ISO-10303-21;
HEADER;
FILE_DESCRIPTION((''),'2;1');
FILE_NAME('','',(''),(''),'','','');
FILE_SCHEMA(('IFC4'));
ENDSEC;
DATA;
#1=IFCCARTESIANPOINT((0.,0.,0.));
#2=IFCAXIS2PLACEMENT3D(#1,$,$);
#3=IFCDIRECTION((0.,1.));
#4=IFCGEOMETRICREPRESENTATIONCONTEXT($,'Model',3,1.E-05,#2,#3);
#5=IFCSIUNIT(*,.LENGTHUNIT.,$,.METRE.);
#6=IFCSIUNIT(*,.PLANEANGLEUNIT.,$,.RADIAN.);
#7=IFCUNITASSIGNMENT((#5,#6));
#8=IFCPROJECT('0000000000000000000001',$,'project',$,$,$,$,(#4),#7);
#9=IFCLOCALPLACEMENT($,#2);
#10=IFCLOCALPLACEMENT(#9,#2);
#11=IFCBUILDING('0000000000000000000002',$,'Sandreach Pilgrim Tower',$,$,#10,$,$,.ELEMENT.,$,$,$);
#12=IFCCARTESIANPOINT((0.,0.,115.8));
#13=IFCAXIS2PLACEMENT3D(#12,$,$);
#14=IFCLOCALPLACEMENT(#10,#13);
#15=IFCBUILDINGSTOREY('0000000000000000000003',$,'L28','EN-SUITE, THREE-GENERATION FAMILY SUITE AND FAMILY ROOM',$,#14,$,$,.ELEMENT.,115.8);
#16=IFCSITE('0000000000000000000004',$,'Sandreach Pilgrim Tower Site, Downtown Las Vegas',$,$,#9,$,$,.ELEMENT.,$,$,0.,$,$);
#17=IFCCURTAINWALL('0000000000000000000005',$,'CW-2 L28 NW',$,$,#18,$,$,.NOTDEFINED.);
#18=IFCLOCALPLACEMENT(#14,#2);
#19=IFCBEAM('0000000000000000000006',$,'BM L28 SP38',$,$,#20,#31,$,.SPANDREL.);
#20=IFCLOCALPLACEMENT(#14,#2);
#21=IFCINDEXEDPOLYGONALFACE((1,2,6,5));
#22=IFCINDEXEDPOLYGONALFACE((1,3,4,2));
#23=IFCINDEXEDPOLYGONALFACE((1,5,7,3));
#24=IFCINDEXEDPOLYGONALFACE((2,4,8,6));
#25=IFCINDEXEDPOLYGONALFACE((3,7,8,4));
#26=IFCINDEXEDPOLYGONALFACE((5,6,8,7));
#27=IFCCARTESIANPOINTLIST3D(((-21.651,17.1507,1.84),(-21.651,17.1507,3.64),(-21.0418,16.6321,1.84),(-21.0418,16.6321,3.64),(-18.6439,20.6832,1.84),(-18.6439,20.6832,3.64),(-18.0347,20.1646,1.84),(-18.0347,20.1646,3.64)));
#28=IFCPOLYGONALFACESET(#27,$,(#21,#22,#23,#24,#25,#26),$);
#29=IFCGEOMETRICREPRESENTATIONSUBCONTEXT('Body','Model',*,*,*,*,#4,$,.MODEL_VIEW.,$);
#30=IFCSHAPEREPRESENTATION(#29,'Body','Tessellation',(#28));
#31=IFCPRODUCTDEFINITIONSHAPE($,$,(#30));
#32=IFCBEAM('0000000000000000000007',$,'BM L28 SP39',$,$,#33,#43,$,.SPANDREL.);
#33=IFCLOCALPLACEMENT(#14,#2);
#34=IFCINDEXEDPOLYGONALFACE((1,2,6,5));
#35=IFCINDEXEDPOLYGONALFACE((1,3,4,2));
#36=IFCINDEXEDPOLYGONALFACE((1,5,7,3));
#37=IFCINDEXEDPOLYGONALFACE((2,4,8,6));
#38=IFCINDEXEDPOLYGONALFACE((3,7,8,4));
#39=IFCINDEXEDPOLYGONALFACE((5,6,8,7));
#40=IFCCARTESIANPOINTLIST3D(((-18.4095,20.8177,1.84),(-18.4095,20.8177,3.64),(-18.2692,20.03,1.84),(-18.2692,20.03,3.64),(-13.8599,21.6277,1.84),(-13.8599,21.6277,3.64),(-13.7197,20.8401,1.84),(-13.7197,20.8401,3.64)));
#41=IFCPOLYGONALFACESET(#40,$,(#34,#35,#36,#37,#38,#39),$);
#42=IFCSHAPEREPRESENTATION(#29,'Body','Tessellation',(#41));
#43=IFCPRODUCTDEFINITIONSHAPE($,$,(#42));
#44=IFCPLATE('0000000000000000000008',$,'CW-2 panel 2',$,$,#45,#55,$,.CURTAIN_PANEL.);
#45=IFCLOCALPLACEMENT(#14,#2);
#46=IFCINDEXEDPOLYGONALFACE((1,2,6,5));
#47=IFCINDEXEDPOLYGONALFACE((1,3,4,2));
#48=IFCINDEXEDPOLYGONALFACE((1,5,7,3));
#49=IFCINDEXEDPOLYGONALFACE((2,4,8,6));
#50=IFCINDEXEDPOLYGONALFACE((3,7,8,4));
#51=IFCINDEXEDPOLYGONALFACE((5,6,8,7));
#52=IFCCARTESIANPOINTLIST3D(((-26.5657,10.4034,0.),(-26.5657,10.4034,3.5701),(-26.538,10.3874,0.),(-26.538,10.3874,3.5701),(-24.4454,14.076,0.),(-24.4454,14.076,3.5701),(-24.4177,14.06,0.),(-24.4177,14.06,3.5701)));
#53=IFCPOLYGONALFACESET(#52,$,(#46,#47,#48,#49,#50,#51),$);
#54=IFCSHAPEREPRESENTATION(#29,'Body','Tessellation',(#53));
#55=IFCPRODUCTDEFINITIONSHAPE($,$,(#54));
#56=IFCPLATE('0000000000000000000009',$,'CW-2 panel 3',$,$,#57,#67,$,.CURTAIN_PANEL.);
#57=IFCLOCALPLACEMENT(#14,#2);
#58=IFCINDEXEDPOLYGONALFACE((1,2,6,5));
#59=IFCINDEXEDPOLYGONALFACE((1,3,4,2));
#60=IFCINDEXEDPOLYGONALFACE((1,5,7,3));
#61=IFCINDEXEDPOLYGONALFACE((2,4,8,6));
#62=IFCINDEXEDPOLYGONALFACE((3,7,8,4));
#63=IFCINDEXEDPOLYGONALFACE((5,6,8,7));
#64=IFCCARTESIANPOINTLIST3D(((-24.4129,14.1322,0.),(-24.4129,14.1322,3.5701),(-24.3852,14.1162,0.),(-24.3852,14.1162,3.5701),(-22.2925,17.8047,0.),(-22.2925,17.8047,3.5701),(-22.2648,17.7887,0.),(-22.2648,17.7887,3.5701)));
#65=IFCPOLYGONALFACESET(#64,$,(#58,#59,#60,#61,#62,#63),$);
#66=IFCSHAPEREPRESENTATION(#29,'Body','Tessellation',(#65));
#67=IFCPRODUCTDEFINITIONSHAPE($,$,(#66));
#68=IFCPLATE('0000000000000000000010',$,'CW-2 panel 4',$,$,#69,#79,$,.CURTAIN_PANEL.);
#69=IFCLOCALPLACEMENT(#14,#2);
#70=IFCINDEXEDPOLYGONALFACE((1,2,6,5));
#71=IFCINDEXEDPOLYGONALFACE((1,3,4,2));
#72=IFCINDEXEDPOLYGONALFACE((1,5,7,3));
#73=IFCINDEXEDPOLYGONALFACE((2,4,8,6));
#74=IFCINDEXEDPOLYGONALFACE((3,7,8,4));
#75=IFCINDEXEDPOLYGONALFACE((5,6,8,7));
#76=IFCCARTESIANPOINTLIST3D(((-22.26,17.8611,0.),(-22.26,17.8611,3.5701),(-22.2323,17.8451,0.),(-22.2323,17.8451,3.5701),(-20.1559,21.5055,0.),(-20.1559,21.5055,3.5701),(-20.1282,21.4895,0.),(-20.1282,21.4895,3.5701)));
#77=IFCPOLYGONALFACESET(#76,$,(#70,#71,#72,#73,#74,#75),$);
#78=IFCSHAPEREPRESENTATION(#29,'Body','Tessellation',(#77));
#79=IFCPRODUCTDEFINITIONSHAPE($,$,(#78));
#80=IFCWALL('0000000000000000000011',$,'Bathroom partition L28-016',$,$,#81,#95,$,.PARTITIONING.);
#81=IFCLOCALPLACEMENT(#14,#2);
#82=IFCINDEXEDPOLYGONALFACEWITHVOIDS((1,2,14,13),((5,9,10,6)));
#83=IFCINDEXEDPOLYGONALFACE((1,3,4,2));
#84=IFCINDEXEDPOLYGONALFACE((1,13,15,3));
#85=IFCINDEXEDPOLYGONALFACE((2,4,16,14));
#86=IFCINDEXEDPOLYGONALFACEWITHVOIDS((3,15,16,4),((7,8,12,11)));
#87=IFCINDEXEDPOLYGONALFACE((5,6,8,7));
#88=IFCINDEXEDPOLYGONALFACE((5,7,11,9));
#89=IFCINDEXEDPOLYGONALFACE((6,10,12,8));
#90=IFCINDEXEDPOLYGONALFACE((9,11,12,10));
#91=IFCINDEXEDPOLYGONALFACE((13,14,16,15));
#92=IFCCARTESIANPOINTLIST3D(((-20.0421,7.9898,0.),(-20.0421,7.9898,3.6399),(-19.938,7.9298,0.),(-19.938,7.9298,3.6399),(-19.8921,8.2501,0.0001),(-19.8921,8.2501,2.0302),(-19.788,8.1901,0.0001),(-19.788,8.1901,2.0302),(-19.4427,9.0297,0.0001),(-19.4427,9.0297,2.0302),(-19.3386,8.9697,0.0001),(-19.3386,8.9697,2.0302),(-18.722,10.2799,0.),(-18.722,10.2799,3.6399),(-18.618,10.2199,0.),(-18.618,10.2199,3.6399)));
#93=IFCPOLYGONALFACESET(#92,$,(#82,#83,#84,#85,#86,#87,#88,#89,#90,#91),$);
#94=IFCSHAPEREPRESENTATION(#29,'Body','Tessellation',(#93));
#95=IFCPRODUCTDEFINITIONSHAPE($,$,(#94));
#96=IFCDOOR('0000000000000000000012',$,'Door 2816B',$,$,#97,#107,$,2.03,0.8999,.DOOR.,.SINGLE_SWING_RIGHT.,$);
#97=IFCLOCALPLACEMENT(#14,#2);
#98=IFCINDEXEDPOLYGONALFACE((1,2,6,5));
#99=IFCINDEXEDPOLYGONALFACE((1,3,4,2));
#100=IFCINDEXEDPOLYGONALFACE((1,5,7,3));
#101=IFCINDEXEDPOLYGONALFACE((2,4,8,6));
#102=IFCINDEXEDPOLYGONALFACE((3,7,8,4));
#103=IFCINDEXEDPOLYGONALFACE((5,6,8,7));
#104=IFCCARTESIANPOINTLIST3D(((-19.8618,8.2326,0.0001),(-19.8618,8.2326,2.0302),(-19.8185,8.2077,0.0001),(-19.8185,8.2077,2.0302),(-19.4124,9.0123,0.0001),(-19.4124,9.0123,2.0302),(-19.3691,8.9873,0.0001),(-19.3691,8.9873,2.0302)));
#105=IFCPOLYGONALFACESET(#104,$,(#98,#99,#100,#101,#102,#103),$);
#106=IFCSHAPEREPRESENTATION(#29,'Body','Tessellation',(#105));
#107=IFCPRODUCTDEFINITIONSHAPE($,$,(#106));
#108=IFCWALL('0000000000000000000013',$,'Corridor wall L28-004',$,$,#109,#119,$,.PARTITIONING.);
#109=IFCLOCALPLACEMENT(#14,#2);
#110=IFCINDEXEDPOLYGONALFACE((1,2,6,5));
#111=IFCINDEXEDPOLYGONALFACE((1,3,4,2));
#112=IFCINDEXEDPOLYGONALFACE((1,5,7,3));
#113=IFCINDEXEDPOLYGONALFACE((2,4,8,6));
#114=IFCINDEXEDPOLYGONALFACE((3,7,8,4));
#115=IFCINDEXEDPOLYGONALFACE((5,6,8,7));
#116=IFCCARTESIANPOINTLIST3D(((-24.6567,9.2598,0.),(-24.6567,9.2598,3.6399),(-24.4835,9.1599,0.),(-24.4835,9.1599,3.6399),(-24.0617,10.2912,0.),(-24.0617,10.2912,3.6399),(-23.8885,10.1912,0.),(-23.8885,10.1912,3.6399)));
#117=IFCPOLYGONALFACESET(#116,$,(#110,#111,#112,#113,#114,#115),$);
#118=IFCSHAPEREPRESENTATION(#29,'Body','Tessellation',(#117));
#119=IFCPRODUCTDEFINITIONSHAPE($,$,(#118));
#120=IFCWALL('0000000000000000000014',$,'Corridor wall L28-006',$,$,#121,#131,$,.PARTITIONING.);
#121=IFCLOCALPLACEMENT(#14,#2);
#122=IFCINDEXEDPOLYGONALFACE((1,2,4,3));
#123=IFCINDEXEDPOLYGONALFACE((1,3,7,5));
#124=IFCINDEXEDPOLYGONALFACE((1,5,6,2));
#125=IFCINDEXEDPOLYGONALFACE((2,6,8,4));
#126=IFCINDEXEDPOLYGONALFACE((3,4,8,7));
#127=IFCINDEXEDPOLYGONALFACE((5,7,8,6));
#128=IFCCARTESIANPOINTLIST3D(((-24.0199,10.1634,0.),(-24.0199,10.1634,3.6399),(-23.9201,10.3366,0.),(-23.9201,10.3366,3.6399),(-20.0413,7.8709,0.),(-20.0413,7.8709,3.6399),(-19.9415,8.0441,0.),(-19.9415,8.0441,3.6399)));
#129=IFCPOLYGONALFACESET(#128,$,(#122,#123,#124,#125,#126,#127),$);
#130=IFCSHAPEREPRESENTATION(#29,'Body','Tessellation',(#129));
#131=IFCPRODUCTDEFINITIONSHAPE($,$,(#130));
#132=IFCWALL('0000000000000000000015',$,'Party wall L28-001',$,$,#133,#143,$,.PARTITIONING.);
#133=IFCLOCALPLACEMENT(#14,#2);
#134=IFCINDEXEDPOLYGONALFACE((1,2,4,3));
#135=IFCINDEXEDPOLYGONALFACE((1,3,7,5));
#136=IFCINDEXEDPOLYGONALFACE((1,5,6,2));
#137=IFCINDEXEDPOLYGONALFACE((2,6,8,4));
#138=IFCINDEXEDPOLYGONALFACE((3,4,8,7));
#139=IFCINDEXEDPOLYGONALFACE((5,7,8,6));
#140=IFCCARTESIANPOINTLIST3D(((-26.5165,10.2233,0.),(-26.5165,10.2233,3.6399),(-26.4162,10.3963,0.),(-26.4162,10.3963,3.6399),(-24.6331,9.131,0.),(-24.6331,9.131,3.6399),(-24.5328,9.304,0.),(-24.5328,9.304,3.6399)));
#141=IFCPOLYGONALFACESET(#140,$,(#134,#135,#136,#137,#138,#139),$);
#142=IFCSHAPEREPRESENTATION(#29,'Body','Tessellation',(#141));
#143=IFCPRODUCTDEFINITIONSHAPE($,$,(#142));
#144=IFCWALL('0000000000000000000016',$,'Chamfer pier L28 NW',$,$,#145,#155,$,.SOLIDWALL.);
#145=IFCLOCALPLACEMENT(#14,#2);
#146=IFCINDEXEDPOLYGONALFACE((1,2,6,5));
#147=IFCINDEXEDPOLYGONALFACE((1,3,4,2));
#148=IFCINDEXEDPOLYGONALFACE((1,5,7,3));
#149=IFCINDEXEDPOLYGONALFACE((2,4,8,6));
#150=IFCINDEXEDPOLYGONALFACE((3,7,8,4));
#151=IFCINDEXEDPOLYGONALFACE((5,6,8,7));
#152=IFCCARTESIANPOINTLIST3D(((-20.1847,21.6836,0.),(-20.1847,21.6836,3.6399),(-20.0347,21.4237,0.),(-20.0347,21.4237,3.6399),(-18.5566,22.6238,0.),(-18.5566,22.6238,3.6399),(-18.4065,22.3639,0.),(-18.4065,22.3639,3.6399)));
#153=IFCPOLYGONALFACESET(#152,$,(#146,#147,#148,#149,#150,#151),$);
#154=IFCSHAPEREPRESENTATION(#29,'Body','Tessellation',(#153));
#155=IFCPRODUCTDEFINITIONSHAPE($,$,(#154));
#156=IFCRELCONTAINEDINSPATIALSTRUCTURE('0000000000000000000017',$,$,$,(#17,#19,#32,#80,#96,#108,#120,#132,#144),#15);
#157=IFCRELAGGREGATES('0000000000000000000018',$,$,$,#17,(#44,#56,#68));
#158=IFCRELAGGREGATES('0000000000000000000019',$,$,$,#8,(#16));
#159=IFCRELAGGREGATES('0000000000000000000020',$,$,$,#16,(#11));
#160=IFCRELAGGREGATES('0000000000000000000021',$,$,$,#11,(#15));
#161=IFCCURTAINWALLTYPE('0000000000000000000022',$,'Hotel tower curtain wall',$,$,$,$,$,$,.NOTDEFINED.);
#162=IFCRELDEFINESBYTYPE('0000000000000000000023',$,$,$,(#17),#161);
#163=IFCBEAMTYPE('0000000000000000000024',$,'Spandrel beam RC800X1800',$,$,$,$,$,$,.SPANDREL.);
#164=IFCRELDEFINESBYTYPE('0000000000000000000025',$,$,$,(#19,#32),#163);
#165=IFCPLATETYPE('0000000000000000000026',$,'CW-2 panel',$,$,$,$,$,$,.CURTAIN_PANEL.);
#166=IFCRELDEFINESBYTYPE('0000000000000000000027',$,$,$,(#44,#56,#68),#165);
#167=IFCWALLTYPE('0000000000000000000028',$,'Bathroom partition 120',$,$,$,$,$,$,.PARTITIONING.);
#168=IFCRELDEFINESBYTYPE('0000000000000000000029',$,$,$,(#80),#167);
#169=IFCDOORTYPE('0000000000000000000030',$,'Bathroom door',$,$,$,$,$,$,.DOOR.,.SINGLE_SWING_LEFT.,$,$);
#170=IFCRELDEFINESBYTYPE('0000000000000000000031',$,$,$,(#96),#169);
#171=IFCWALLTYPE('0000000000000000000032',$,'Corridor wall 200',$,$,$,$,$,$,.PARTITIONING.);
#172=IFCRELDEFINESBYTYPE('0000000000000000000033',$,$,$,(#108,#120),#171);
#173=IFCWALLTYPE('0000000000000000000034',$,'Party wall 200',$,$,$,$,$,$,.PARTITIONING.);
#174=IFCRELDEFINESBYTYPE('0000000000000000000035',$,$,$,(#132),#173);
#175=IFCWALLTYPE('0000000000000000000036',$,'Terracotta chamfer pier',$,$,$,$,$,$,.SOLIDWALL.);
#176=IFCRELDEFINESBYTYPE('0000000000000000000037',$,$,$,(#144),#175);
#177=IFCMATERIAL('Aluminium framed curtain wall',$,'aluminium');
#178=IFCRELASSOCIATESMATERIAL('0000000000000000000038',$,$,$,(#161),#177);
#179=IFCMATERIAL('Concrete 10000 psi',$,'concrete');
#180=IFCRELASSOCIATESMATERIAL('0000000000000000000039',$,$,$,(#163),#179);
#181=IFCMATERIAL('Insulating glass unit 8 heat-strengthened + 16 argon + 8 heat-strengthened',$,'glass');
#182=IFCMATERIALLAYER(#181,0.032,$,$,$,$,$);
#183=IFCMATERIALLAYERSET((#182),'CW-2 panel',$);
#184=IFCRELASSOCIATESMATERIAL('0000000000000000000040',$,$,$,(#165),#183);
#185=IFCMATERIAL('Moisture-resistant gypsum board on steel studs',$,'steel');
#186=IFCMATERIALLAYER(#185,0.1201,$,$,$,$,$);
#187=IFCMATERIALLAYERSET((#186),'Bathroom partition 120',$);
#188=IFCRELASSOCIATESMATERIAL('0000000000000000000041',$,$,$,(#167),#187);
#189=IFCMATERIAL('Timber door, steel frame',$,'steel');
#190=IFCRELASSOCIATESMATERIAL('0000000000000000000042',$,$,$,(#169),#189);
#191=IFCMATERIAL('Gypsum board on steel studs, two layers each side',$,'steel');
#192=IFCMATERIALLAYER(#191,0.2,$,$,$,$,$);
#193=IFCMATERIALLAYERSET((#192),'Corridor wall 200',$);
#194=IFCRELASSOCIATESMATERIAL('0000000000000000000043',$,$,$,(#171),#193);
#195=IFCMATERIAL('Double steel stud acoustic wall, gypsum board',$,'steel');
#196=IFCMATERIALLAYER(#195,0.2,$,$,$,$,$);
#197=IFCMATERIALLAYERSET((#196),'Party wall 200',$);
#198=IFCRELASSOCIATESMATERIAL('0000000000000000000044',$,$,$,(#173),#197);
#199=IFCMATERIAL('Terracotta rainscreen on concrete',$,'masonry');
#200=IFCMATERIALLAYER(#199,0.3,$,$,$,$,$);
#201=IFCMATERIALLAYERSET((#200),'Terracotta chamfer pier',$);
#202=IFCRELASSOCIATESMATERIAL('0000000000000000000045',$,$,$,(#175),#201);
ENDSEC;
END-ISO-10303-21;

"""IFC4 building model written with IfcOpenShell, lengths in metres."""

from ifc_helpers import new_model, si_unit, direction, frame, frame_2d, origin, origin_2d, place, context, subcontext, project, spatial, rectangle, extrude, material, layer, layer_set, material_profile, profile_set, type_object, element, fill, aggregate, save


model = new_model("IFC4")

# Units and contexts
model_context = context("Model", 3, precision=1e-05, world=origin(), true_north=direction((0.0, 1.0)))
body_context = subcontext(model_context, "Body", "Model", "MODEL_VIEW")
ifc_project = project(units=[si_unit("LENGTHUNIT", "METRE"), si_unit("PLANEANGLEUNIT", "RADIAN")], contexts=[model_context])

# Site, building, storey
site_placement = place(None, origin())
site = spatial("IfcSite", under=ifc_project, at=site_placement, Name="Sandreach Pilgrim Tower Site, Downtown Las Vegas", CompositionType="ELEMENT", RefElevation=0.0)
building_placement = place(site_placement, origin())
building = spatial("IfcBuilding", under=site, at=building_placement, Name="Sandreach Pilgrim Tower", CompositionType="ELEMENT")
storey_placement = place(building_placement, frame((0.0, 0.0, 115.8)))
storey = spatial("IfcBuildingStorey", under=building, at=storey_placement, Name="L28", Description="EN-SUITE, THREE-GENERATION FAMILY SUITE AND FAMILY ROOM", CompositionType="ELEMENT", Elevation=115.8)

# Shared definitions
ifc_material_1 = material(Name="Aluminium framed curtain wall", Category="aluminium")
curtain_wall_type = type_object("IfcCurtainWallType", Name="Hotel tower curtain wall", PredefinedType="NOTDEFINED", material=ifc_material_1)

# Curtain wall
curtain_wall_1_placement = place(storey_placement, origin())
curtain_wall_1 = element("IfcCurtainWall", 1, at=curtain_wall_1_placement, inside=storey, type_object=curtain_wall_type, Name="CW-2 L28 NW", PredefinedType="NOTDEFINED")

# Beams
ifc_material_2 = material(Name="Concrete 10000 psi", Category="concrete")
ifc_material_profile_1 = material_profile(ifc_material_2, rectangle(XDim=0.8, YDim=1.8, at=origin_2d()), Name="RC800X1800")
ifc_profile_set_1 = profile_set([ifc_material_profile_1], Name="Concrete 10000 psi")
beam_type_1 = type_object("IfcBeamType", Name="Spandrel beam RC800X1800", PredefinedType="SPANDREL", material=ifc_profile_set_1)
beam_1_placement = place(storey_placement, frame((-21.3464, 16.8914, 2.74), z_axis=(0.648209, 0.761463, 0.0), x_axis=(-0.761463, 0.648209, 0.0)))
element("IfcBeam", 2, at=beam_1_placement, inside=storey, type_object=beam_type_1, Name="BM L28 SP38", PredefinedType="SPANDREL", context=body_context, shape_type="SweptSolid", body=[
    extrude(rectangle(XDim=0.8, YDim=1.8, at=origin_2d()), origin(), (0.0, 0.0, 1.0), 4.6392),
])
beam_2_placement = place(storey_placement, frame((-18.3394, 20.4238, 2.74), z_axis=(0.984516, 0.175295, 0.0), x_axis=(-0.175295, 0.984516, 0.0)))
element("IfcBeam", 3, at=beam_2_placement, inside=storey, type_object=beam_type_1, Name="BM L28 SP39", PredefinedType="SPANDREL", context=body_context, shape_type="SweptSolid", body=[
    extrude(rectangle(XDim=0.8, YDim=1.8, at=origin_2d()), origin(), (0.0, 0.0, 1.0), 4.6211),
])

# Plates
ifc_material_3 = material(Name="Insulating glass unit 8 heat-strengthened + 16 argon + 8 heat-strengthened", Category="glass")
ifc_layer_1 = layer(ifc_material_3, 0.032)
ifc_layer_set_1 = layer_set([ifc_layer_1], Name="CW-2 panel")
plate_type = type_object("IfcPlateType", Name="CW-2 panel", PredefinedType="CURTAIN_PANEL", material=ifc_layer_set_1)
plate_1_placement = place(storey_placement, frame((-25.4917, 12.2317, 0.0), z_axis=(0.0, 0.0, 1.0), x_axis=(0.5, 0.866025, 0.0)))
plate_1 = element("IfcPlate", 4, at=plate_1_placement, type_object=plate_type, Name="CW-2 panel 2", PredefinedType="CURTAIN_PANEL", context=body_context, shape_type="SweptSolid", body=[
    extrude(rectangle(XDim=4.2407, YDim=0.032, at=origin_2d()), origin(), (0.0, 0.0, 1.0), 3.5701),
])
plate_2_placement = place(storey_placement, frame((-23.3389, 15.9604, 0.0), z_axis=(0.0, 0.0, 1.0), x_axis=(0.5, 0.866025, 0.0)))
plate_2 = element("IfcPlate", 5, at=plate_2_placement, type_object=plate_type, Name="CW-2 panel 3", PredefinedType="CURTAIN_PANEL", context=body_context, shape_type="SweptSolid", body=[
    extrude(rectangle(XDim=4.2407, YDim=0.032, at=origin_2d()), origin(), (0.0, 0.0, 1.0), 3.5701),
])
plate_3_placement = place(storey_placement, frame((-21.1941, 19.6753, 0.0), z_axis=(0.0, 0.0, 1.0), x_axis=(0.5, 0.866025, 0.0)))
plate_3 = element("IfcPlate", 6, at=plate_3_placement, type_object=plate_type, Name="CW-2 panel 4", PredefinedType="CURTAIN_PANEL", context=body_context, shape_type="SweptSolid", body=[
    extrude(rectangle(XDim=4.2083, YDim=0.032, at=origin_2d()), origin(), (0.0, 0.0, 1.0), 3.5701),
])
aggregate(curtain_wall_1, [plate_1, plate_2, plate_3])

# Wall, opening, door
ifc_material_4 = material(Name="Moisture-resistant gypsum board on steel studs", Category="steel")
ifc_layer_2 = layer(ifc_material_4, 0.1201)
ifc_layer_set_2 = layer_set([ifc_layer_2], Name="Bathroom partition 120")
wall_type_1 = type_object("IfcWallType", Name="Bathroom partition 120", PredefinedType="PARTITIONING", material=ifc_layer_set_2)
wall_1_placement = place(storey_placement, frame((-18.6699, 10.25, 0.0), z_axis=(0.0, 0.0, 1.0), x_axis=(-0.499408, -0.866367, 0.0)))
wall_1 = element("IfcWall", 7, at=wall_1_placement, inside=storey, type_object=wall_type_1, Name="Bathroom partition L28-016", PredefinedType="PARTITIONING", context=body_context, shape_type="SweptSolid", body=[
    extrude(rectangle(XDim=2.6433, YDim=0.1201, at=frame_2d((1.3218, 0.0))), origin(), (0.0, 0.0, 1.0), 3.6399),
])
opening_placement = place(wall_1_placement, frame((1.4431, 0.0, 0.0)))
opening = element("IfcOpeningElement", 8, at=opening_placement, cuts=wall_1, PredefinedType="OPENING", context=body_context, shape_type="SweptSolid", body=[
    extrude(rectangle(XDim=0.8999, YDim=2.03, at=frame_2d((0.45, 1.0151))), frame((0.0, 0.0601, 0.0), z_axis=(0.0, -1.0, 0.0), x_axis=(1.0, 0.0, 0.0)), (0.0, 0.0, 1.0), 0.1201),
])
ifc_material_5 = material(Name="Timber door, steel frame", Category="steel")
door_type = type_object("IfcDoorType", Name="Bathroom door", OperationType="SINGLE_SWING_LEFT", PredefinedType="DOOR", material=ifc_material_5)
door_placement = place(opening_placement, origin())
door = element("IfcDoor", 9, at=door_placement, inside=storey, type_object=door_type, Name="Door 2816B", OperationType="SINGLE_SWING_RIGHT", OverallHeight=2.03, OverallWidth=0.8999, PredefinedType="DOOR", context=body_context, shape_type="SweptSolid", body=[
    extrude(rectangle(XDim=0.8999, YDim=2.03, at=frame_2d((0.45, 1.0151))), frame((0.0, 0.0249, 0.0), z_axis=(0.0, -1.0, 0.0), x_axis=(1.0, 0.0, 0.0)), (0.0, 0.0, 1.0), 0.05),
])
fill(opening, door)

# Walls
ifc_material_6 = material(Name="Gypsum board on steel studs, two layers each side", Category="steel")
ifc_layer_3 = layer(ifc_material_6, 0.2)
ifc_layer_set_3 = layer_set([ifc_layer_3], Name="Corridor wall 200")
wall_type_2 = type_object("IfcWallType", Name="Corridor wall 200", PredefinedType="PARTITIONING", material=ifc_layer_set_3)
wall_2_placement = place(storey_placement, frame((-24.5701, 9.21, 0.0), z_axis=(0.0, 0.0, 1.0), x_axis=(0.499734, 0.866179, 0.0)))
element("IfcWall", 10, at=wall_2_placement, inside=storey, type_object=wall_type_2, Name="Corridor wall L28-004", PredefinedType="PARTITIONING", context=body_context, shape_type="SweptSolid", body=[
    extrude(rectangle(XDim=1.1907, YDim=0.2, at=frame_2d((0.5952, 0.0))), origin(), (0.0, 0.0, 1.0), 3.6399),
])
wall_3_placement = place(storey_placement, frame((-23.97, 10.25, 0.0), z_axis=(0.0, 0.0, 1.0), x_axis=(0.866451, -0.499262, 0.0)))
element("IfcWall", 11, at=wall_3_placement, inside=storey, type_object=wall_type_2, Name="Corridor wall L28-006", PredefinedType="PARTITIONING", context=body_context, shape_type="SweptSolid", body=[
    extrude(rectangle(XDim=4.5918, YDim=0.2, at=frame_2d((2.2959, 0.0))), origin(), (0.0, 0.0, 1.0), 3.6399),
])
ifc_material_7 = material(Name="Double steel stud acoustic wall, gypsum board", Category="steel")
ifc_layer_4 = layer(ifc_material_7, 0.2)
ifc_layer_set_4 = layer_set([ifc_layer_4], Name="Party wall 200")
wall_type_3 = type_object("IfcWallType", Name="Party wall 200", PredefinedType="PARTITIONING", material=ifc_layer_set_4)
wall_4_placement = place(storey_placement, frame((-26.4663, 10.3098, 0.0), z_axis=(0.0, 0.0, 1.0), x_axis=(0.865037, -0.501708, 0.0)))
element("IfcWall", 12, at=wall_4_placement, inside=storey, type_object=wall_type_3, Name="Party wall L28-001", PredefinedType="PARTITIONING", context=body_context, shape_type="SweptSolid", body=[
    extrude(rectangle(XDim=2.1772, YDim=0.2, at=frame_2d((1.0886, 0.0))), origin(), (0.0, 0.0, 1.0), 3.6399),
])
ifc_material_8 = material(Name="Terracotta rainscreen on concrete", Category="masonry")
ifc_layer_5 = layer(ifc_material_8, 0.3)
ifc_layer_set_5 = layer_set([ifc_layer_5], Name="Terracotta chamfer pier")
wall_type_4 = type_object("IfcWallType", Name="Terracotta chamfer pier", PredefinedType="SOLIDWALL", material=ifc_layer_set_5)
wall_5_placement = place(storey_placement, frame((-20.1096, 21.5537, 0.0), z_axis=(0.0, 0.0, 1.0), x_axis=(0.865989, 0.500063, 0.0)))
element("IfcWall", 13, at=wall_5_placement, inside=storey, type_object=wall_type_4, Name="Chamfer pier L28 NW", PredefinedType="SOLIDWALL", context=body_context, shape_type="SweptSolid", body=[
    extrude(rectangle(XDim=1.8801, YDim=0.3, at=frame_2d((0.9399, 0.0))), origin(), (0.0, 0.0, 1.0), 3.6399),
])

save(model, "model.ifc")
